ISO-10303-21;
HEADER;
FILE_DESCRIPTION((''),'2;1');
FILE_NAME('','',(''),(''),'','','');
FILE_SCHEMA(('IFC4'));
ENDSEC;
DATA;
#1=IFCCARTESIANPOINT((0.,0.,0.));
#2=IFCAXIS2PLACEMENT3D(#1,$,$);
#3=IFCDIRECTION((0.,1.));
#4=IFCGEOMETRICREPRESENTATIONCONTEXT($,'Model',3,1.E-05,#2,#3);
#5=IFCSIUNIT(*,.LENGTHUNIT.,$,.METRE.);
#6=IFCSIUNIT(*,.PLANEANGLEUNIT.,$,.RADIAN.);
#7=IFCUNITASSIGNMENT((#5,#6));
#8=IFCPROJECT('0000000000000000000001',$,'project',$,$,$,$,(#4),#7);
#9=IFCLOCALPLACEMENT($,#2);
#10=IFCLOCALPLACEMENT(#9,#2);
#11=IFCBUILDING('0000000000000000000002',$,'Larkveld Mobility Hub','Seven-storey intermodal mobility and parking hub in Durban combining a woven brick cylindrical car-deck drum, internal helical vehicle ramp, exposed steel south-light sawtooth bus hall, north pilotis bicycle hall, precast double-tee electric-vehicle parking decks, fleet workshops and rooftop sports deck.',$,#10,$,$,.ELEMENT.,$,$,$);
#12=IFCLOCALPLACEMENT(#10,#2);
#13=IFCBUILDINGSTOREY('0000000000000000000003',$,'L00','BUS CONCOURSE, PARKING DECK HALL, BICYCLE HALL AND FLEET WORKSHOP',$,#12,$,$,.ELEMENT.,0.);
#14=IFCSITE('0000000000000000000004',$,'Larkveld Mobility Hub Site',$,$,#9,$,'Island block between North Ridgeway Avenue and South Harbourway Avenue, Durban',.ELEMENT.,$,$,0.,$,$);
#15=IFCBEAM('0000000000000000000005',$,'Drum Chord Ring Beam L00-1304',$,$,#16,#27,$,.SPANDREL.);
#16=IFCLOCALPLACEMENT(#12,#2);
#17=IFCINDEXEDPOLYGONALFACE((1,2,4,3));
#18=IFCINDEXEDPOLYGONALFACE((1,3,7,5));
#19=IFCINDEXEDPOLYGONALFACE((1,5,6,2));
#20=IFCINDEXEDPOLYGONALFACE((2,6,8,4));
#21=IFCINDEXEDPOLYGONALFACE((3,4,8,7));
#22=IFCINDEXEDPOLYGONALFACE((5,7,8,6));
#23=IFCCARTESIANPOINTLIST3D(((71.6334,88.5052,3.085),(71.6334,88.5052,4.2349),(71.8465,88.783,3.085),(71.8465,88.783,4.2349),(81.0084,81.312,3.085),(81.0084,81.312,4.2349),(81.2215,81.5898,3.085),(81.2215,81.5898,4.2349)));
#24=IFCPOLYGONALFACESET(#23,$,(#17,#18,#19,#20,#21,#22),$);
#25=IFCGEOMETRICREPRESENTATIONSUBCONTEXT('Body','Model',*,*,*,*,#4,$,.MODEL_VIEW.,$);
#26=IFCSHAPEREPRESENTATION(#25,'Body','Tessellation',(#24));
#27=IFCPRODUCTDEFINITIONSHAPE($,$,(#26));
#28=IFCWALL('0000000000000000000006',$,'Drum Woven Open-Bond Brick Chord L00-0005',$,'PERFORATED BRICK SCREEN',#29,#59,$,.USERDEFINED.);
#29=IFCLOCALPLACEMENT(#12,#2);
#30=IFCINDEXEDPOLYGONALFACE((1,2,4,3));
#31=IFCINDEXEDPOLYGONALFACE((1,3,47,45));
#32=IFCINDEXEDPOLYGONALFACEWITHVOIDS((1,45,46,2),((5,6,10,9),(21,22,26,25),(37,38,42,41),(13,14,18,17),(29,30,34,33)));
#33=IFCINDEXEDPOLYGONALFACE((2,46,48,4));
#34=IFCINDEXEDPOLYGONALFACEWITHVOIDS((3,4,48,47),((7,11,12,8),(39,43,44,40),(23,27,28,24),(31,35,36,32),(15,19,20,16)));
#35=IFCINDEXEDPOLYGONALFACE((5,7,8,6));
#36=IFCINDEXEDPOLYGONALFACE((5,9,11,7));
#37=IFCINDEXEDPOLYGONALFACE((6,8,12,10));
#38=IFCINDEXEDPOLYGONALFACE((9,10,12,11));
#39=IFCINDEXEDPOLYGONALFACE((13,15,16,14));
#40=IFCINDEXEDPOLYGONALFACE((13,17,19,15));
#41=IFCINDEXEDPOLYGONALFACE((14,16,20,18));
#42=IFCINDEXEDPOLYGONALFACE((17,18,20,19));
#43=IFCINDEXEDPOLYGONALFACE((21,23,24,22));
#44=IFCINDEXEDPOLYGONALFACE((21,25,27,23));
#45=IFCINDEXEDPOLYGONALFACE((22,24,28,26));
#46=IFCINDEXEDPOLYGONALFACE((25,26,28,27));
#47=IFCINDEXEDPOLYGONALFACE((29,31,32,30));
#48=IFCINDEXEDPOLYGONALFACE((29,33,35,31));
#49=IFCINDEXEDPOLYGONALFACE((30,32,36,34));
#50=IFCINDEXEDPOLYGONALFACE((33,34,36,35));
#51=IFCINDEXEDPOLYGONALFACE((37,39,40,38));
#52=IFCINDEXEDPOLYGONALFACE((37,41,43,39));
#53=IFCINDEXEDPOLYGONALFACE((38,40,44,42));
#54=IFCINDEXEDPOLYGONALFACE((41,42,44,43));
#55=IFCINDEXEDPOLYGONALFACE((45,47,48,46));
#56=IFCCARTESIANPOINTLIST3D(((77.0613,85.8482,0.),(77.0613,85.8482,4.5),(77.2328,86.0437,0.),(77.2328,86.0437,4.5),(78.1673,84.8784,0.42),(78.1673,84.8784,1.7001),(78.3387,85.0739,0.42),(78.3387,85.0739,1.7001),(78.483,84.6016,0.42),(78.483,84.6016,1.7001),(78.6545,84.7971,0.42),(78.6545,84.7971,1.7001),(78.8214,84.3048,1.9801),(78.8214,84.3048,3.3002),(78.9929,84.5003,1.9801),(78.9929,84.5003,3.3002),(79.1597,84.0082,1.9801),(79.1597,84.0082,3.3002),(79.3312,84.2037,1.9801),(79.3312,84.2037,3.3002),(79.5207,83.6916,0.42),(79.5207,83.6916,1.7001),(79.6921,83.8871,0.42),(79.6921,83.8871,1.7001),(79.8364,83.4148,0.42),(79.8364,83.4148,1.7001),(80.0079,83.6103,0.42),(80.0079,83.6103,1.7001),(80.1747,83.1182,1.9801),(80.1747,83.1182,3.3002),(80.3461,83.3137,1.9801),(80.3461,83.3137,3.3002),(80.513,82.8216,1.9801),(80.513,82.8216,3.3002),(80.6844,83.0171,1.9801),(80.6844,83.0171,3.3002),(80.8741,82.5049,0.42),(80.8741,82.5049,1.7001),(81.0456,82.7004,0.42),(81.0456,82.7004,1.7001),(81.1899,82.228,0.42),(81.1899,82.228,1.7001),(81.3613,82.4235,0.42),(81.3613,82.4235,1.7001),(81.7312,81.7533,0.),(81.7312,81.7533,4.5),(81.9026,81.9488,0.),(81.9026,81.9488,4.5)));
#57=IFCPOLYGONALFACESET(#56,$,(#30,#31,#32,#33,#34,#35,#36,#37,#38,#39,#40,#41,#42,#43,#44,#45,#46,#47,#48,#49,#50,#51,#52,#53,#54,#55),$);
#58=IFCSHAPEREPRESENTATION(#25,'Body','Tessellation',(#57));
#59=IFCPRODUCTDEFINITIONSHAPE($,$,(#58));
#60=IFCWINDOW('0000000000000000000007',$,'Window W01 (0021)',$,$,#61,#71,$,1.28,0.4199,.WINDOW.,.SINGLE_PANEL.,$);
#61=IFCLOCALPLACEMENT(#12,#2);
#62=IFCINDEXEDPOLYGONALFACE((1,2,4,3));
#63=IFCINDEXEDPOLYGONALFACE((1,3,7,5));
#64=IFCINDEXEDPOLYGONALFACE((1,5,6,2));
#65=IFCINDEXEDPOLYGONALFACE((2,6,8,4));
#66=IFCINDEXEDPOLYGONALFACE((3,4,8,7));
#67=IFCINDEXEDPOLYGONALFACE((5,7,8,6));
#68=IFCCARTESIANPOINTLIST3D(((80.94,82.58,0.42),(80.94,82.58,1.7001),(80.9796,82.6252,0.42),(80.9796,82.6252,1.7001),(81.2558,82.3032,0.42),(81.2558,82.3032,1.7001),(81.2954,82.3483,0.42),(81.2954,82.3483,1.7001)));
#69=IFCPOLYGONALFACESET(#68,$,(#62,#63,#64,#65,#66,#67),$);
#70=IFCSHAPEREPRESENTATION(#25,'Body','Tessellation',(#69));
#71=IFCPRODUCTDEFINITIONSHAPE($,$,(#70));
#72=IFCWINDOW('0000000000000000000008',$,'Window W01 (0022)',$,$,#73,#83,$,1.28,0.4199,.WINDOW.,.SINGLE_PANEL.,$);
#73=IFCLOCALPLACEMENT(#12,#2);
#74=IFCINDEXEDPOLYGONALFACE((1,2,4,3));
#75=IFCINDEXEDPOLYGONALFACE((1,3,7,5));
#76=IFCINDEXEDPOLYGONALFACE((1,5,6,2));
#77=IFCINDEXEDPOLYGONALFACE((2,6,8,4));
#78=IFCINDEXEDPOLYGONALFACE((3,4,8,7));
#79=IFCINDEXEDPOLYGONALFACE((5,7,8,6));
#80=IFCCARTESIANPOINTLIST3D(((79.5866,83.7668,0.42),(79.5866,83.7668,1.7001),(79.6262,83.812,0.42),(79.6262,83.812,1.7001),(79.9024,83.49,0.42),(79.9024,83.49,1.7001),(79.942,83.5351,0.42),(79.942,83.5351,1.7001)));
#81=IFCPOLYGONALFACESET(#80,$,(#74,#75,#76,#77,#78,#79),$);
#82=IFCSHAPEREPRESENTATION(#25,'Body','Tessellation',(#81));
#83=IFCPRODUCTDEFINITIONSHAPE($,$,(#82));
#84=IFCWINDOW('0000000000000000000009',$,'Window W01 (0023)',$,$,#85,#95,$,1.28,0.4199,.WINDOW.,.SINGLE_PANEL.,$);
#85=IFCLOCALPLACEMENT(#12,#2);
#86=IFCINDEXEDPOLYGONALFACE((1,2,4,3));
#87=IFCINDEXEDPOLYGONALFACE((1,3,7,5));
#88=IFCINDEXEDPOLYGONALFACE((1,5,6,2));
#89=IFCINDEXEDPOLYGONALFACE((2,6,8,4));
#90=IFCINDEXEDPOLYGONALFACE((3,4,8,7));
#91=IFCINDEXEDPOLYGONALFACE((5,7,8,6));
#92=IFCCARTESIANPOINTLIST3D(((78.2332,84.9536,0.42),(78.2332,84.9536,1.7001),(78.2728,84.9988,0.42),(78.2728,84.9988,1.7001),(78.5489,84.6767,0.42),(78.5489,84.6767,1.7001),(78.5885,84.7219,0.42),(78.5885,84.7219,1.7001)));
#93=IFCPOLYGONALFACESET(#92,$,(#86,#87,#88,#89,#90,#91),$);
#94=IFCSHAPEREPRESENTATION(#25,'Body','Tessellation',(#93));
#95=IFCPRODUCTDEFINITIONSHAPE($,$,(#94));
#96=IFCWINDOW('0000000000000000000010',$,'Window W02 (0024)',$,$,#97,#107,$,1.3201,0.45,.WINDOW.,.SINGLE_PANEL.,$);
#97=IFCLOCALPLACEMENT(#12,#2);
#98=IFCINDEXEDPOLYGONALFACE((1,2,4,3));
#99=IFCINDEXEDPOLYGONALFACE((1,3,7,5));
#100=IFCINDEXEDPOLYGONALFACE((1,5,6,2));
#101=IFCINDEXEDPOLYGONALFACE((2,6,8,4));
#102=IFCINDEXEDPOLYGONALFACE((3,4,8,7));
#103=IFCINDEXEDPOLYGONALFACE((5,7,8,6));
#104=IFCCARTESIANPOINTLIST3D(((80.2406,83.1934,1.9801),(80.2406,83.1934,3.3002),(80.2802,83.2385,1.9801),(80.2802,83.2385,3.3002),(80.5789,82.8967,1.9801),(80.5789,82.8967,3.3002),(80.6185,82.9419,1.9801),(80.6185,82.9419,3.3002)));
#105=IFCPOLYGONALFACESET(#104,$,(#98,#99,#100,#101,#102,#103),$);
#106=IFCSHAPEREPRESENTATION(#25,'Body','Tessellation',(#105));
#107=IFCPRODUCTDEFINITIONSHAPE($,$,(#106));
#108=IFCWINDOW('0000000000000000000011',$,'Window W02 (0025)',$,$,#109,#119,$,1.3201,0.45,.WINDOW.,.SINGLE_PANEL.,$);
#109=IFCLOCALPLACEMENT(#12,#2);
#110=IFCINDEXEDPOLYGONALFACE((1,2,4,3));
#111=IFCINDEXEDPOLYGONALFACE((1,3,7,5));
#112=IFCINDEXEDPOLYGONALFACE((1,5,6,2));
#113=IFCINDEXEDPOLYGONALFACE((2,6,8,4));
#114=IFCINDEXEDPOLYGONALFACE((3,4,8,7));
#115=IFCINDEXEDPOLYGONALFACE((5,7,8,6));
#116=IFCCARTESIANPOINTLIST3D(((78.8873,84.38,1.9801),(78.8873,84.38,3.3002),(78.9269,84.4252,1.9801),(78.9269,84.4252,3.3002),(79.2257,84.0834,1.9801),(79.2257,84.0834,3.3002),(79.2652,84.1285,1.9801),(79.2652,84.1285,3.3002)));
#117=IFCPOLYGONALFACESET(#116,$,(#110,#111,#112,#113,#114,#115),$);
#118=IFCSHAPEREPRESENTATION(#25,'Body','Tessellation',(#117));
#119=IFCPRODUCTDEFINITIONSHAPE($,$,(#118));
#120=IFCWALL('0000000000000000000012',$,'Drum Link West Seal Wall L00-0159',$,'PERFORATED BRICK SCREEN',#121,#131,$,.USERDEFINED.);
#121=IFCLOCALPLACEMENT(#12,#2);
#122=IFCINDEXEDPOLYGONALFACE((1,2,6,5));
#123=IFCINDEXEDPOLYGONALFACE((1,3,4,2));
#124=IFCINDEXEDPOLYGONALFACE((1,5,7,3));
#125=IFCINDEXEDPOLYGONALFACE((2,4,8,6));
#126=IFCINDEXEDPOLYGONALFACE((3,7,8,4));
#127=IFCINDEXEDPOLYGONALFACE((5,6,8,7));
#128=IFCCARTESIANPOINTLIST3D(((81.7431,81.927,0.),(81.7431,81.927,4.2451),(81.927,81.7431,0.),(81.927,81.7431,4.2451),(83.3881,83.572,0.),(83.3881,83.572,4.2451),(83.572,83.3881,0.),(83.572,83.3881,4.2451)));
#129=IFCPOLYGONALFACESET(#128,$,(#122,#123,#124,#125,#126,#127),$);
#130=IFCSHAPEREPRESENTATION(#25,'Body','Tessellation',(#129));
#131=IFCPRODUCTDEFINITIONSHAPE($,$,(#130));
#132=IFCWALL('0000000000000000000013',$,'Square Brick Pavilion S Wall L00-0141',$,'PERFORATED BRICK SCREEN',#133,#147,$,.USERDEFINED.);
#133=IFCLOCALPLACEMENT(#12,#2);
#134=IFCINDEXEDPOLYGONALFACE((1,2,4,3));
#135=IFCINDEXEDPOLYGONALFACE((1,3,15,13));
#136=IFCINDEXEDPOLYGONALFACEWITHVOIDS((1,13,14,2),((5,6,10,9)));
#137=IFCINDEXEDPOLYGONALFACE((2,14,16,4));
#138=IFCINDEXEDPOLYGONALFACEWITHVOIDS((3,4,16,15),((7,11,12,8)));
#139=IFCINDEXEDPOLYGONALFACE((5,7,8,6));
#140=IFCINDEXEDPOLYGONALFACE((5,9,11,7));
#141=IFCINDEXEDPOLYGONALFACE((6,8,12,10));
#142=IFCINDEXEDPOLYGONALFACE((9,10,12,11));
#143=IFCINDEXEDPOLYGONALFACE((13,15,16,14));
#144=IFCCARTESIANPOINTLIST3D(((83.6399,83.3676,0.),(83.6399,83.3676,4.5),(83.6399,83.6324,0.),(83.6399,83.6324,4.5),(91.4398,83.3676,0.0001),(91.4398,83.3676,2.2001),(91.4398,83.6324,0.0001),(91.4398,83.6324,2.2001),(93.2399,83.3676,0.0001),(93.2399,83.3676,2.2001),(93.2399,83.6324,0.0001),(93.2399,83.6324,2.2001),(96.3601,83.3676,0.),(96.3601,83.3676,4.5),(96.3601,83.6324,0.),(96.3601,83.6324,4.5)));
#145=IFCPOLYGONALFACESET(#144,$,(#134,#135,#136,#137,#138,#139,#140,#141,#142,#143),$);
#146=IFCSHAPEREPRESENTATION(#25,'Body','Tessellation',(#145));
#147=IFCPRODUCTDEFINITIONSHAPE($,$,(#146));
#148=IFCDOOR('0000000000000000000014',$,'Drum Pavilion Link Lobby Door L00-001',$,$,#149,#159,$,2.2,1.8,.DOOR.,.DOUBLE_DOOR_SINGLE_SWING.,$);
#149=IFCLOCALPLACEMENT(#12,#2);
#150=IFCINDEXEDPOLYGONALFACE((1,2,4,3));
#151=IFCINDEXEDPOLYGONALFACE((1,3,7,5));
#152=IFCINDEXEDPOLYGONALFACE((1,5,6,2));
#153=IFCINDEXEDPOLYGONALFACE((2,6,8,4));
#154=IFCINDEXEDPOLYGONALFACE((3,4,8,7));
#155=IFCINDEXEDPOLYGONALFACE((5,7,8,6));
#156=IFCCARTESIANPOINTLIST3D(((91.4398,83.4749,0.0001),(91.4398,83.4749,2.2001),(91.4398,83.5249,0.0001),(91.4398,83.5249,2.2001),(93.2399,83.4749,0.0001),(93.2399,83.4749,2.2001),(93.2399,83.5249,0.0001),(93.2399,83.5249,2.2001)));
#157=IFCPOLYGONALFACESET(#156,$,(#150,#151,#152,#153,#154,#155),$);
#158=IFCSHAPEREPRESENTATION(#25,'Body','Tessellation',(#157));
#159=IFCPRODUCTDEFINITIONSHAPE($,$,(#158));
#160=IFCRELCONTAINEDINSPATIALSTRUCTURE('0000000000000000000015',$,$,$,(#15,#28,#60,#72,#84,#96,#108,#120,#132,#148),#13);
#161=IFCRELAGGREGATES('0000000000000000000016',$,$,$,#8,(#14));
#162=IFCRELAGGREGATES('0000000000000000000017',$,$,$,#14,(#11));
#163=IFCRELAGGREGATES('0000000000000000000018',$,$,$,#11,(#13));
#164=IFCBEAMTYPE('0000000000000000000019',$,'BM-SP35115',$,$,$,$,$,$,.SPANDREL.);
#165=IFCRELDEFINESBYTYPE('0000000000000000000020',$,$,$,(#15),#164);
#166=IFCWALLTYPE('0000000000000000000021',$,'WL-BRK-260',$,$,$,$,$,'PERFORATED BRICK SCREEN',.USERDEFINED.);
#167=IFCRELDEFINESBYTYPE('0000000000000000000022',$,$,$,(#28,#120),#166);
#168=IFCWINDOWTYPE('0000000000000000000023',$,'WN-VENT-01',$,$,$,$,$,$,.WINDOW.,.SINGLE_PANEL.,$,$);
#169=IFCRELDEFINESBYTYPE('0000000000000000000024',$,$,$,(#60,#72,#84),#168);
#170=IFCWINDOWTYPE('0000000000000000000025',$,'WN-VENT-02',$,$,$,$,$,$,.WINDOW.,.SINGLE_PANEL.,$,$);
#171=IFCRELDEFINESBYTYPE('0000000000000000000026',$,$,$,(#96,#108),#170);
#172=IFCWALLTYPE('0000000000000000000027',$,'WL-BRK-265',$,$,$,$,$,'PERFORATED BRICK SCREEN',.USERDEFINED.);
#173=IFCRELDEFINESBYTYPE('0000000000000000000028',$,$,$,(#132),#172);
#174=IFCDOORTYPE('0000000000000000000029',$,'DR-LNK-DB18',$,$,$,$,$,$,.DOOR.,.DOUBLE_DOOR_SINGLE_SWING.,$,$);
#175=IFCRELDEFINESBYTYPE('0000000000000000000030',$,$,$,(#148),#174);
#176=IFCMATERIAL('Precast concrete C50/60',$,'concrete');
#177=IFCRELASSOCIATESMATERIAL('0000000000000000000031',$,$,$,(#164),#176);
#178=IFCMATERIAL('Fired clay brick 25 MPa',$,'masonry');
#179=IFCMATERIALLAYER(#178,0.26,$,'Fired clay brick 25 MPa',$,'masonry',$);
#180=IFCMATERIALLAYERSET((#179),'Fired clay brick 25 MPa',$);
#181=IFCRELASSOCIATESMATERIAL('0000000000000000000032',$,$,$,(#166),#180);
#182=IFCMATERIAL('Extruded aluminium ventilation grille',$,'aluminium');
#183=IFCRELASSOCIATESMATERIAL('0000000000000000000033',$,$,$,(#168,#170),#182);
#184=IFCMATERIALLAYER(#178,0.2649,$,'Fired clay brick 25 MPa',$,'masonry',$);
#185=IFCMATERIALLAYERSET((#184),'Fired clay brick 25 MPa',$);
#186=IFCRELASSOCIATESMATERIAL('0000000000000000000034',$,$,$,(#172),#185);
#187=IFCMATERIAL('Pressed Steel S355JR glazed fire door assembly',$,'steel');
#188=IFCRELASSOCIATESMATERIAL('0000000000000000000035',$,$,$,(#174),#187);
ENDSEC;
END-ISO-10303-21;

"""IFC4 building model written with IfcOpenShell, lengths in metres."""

from ifc_helpers import new_model, si_unit, direction, frame, frame_2d, origin, origin_2d, place, context, subcontext, project, spatial, rectangle, extrude, material, layer, layer_set, material_profile, profile_set, type_object, element, fill, save


model = new_model("IFC4")

# Units and contexts
model_context = context("Model", 3, precision=1e-05, world=origin(), true_north=direction((0.0, 1.0)))
body_context = subcontext(model_context, "Body", "Model", "MODEL_VIEW")
ifc_project = project(units=[si_unit("LENGTHUNIT", "METRE"), si_unit("PLANEANGLEUNIT", "RADIAN")], contexts=[model_context])

# Site, building, storey
site_placement = place(None, origin())
site = spatial("IfcSite", under=ifc_project, at=site_placement, Name="Larkveld Mobility Hub Site", LongName="Island block between North Ridgeway Avenue and South Harbourway Avenue, Durban", CompositionType="ELEMENT", RefElevation=0.0)
building_placement = place(site_placement, origin())
building = spatial("IfcBuilding", under=site, at=building_placement, Name="Larkveld Mobility Hub", Description="Seven-storey intermodal mobility and parking hub in Durban combining a woven brick cylindrical car-deck drum, internal helical vehicle ramp, exposed steel south-light sawtooth bus hall, north pilotis bicycle hall, precast double-tee electric-vehicle parking decks, fleet workshops and rooftop sports deck.", CompositionType="ELEMENT")
storey_placement = place(building_placement, origin())
storey = spatial("IfcBuildingStorey", under=building, at=storey_placement, Name="L00", Description="BUS CONCOURSE, PARKING DECK HALL, BICYCLE HALL AND FLEET WORKSHOP", CompositionType="ELEMENT", Elevation=0.0)

# Beam
ifc_material_1 = material(Name="Precast concrete C50/60", Category="concrete")
ifc_material_profile_1 = material_profile(ifc_material_1, rectangle(XDim=0.3501, YDim=1.1499, at=origin_2d()), Name="PC SP 350x1150")
ifc_profile_set_1 = profile_set([ifc_material_profile_1], Name="Precast concrete C50/60")
beam_type_1 = type_object("IfcBeamType", Name="BM-SP35115", PredefinedType="SPANDREL", material=ifc_profile_set_1)
beam_1_placement = place(storey_placement, frame((81.115, 81.4509, 3.6599), z_axis=(-0.793377, 0.608731, 0.0), x_axis=(-0.608731, -0.793377, 0.0)))
element("IfcBeam", 1, at=beam_1_placement, inside=storey, type_object=beam_type_1, Name="Drum Chord Ring Beam L00-1304", PredefinedType="SPANDREL", context=body_context, shape_type="SweptSolid", body=[
    extrude(rectangle(XDim=0.3501, YDim=1.1499, at=origin_2d()), origin(), (0.0, 0.0, 1.0), 11.8167),
])

# Wall, openings, windows
ifc_material_2 = material(Name="Fired clay brick 25 MPa", Category="masonry")
ifc_layer_1 = layer(ifc_material_2, 0.26, Name="Fired clay brick 25 MPa", Category="masonry")
ifc_layer_set_1 = layer_set([ifc_layer_1], Name="Fired clay brick 25 MPa")
wall_type_1 = type_object("IfcWallType", Name="WL-BRK-260", ElementType="PERFORATED BRICK SCREEN", PredefinedType="USERDEFINED", material=ifc_layer_set_1)
wall_1_placement = place(storey_placement, frame((81.8169, 81.8511, 0.0), z_axis=(0.0, 0.0, 1.0), x_axis=(-0.751875, 0.659306, 0.0)))
wall_1 = element("IfcWall", 2, at=wall_1_placement, inside=storey, type_object=wall_type_1, Name="Drum Woven Open-Bond Brick Chord L00-0005", ObjectType="PERFORATED BRICK SCREEN", PredefinedType="USERDEFINED", context=body_context, shape_type="SweptSolid", body=[
    extrude(rectangle(XDim=6.2109, YDim=0.26, at=frame_2d((3.1055, 0.0))), origin(), (0.0, 0.0, 1.0), 4.5),
])
opening_1_placement = place(wall_1_placement, frame((0.72, 0.0, 0.4199)))
opening_1 = element("IfcOpeningElement", 3, at=opening_1_placement, cuts=wall_1, PredefinedType="OPENING", context=body_context, shape_type="SweptSolid", body=[
    extrude(rectangle(XDim=0.4199, YDim=1.28, at=frame_2d((0.21, 0.6401))), frame((0.0, 0.1401, 0.0), z_axis=(0.0, -1.0, 0.0), x_axis=(1.0, 0.0, 0.0)), (0.0, 0.0, 1.0), 0.28),
])
opening_2_placement = place(wall_1_placement, frame((2.52, 0.0, 0.4199)))
opening_2 = element("IfcOpeningElement", 4, at=opening_2_placement, cuts=wall_1, PredefinedType="OPENING", context=body_context, shape_type="SweptSolid", body=[
    extrude(rectangle(XDim=0.4199, YDim=1.28, at=frame_2d((0.21, 0.6401))), frame((0.0, 0.1401, 0.0), z_axis=(0.0, -1.0, 0.0), x_axis=(1.0, 0.0, 0.0)), (0.0, 0.0, 1.0), 0.28),
])
opening_3_placement = place(wall_1_placement, frame((4.3201, 0.0, 0.4199)))
opening_3 = element("IfcOpeningElement", 5, at=opening_3_placement, cuts=wall_1, PredefinedType="OPENING", context=body_context, shape_type="SweptSolid", body=[
    extrude(rectangle(XDim=0.4199, YDim=1.28, at=frame_2d((0.21, 0.6401))), frame((0.0, 0.1401, 0.0), z_axis=(0.0, -1.0, 0.0), x_axis=(1.0, 0.0, 0.0)), (0.0, 0.0, 1.0), 0.28),
])
opening_4_placement = place(wall_1_placement, frame((1.6201, 0.0, 1.98)))
opening_4 = element("IfcOpeningElement", 6, at=opening_4_placement, cuts=wall_1, PredefinedType="OPENING", context=body_context, shape_type="SweptSolid", body=[
    extrude(rectangle(XDim=0.45, YDim=1.3201, at=frame_2d((0.2251, 0.6602))), frame((0.0, 0.1401, 0.0), z_axis=(0.0, -1.0, 0.0), x_axis=(1.0, 0.0, 0.0)), (0.0, 0.0, 1.0), 0.28),
])
opening_5_placement = place(wall_1_placement, frame((3.4199, 0.0, 1.98)))
opening_5 = element("IfcOpeningElement", 7, at=opening_5_placement, cuts=wall_1, PredefinedType="OPENING", context=body_context, shape_type="SweptSolid", body=[
    extrude(rectangle(XDim=0.45, YDim=1.3201, at=frame_2d((0.2251, 0.6602))), frame((0.0, 0.1401, 0.0), z_axis=(0.0, -1.0, 0.0), x_axis=(1.0, 0.0, 0.0)), (0.0, 0.0, 1.0), 0.28),
])
ifc_material_3 = material(Name="Extruded aluminium ventilation grille", Category="aluminium")
window_type_1 = type_object("IfcWindowType", Name="WN-VENT-01", PartitioningType="SINGLE_PANEL", PredefinedType="WINDOW", material=ifc_material_3)
window_1_placement = place(opening_1_placement, origin())
window_1 = element("IfcWindow", 8, at=window_1_placement, inside=storey, type_object=window_type_1, Name="Window W01 (0021)", OverallHeight=1.28, OverallWidth=0.4199, PartitioningType="SINGLE_PANEL", PredefinedType="WINDOW", context=body_context, shape_type="SweptSolid", body=[
    extrude(rectangle(XDim=0.4199, YDim=1.28, at=frame_2d((0.21, 0.6401))), frame((0.0, 0.03, 0.0), z_axis=(0.0, -1.0, 0.0), x_axis=(1.0, 0.0, 0.0)), (0.0, 0.0, 1.0), 0.0601),
])
fill(opening_1, window_1)
window_2_placement = place(opening_2_placement, origin())
window_2 = element("IfcWindow", 9, at=window_2_placement, inside=storey, type_object=window_type_1, Name="Window W01 (0022)", OverallHeight=1.28, OverallWidth=0.4199, PartitioningType="SINGLE_PANEL", PredefinedType="WINDOW", context=body_context, shape_type="SweptSolid", body=[
    extrude(rectangle(XDim=0.4199, YDim=1.28, at=frame_2d((0.21, 0.6401))), frame((0.0, 0.03, 0.0), z_axis=(0.0, -1.0, 0.0), x_axis=(1.0, 0.0, 0.0)), (0.0, 0.0, 1.0), 0.0601),
])
fill(opening_2, window_2)
window_3_placement = place(opening_3_placement, origin())
window_3 = element("IfcWindow", 10, at=window_3_placement, inside=storey, type_object=window_type_1, Name="Window W01 (0023)", OverallHeight=1.28, OverallWidth=0.4199, PartitioningType="SINGLE_PANEL", PredefinedType="WINDOW", context=body_context, shape_type="SweptSolid", body=[
    extrude(rectangle(XDim=0.4199, YDim=1.28, at=frame_2d((0.21, 0.6401))), frame((0.0, 0.03, 0.0), z_axis=(0.0, -1.0, 0.0), x_axis=(1.0, 0.0, 0.0)), (0.0, 0.0, 1.0), 0.0601),
])
fill(opening_3, window_3)
window_type_2 = type_object("IfcWindowType", Name="WN-VENT-02", PartitioningType="SINGLE_PANEL", PredefinedType="WINDOW", material=ifc_material_3)
window_4_placement = place(opening_4_placement, origin())
window_4 = element("IfcWindow", 11, at=window_4_placement, inside=storey, type_object=window_type_2, Name="Window W02 (0024)", OverallHeight=1.3201, OverallWidth=0.45, PartitioningType="SINGLE_PANEL", PredefinedType="WINDOW", context=body_context, shape_type="SweptSolid", body=[
    extrude(rectangle(XDim=0.45, YDim=1.3201, at=frame_2d((0.2251, 0.6602))), frame((0.0, 0.03, 0.0), z_axis=(0.0, -1.0, 0.0), x_axis=(1.0, 0.0, 0.0)), (0.0, 0.0, 1.0), 0.0601),
])
fill(opening_4, window_4)
window_5_placement = place(opening_5_placement, origin())
window_5 = element("IfcWindow", 12, at=window_5_placement, inside=storey, type_object=window_type_2, Name="Window W02 (0025)", OverallHeight=1.3201, OverallWidth=0.45, PartitioningType="SINGLE_PANEL", PredefinedType="WINDOW", context=body_context, shape_type="SweptSolid", body=[
    extrude(rectangle(XDim=0.45, YDim=1.3201, at=frame_2d((0.2251, 0.6602))), frame((0.0, 0.03, 0.0), z_axis=(0.0, -1.0, 0.0), x_axis=(1.0, 0.0, 0.0)), (0.0, 0.0, 1.0), 0.0601),
])
fill(opening_5, window_5)

# Wall
wall_2_placement = place(storey_placement, frame((83.48, 83.48, 0.0), z_axis=(0.0, 0.0, 1.0), x_axis=(-0.707107, -0.707107, 0.0)))
element("IfcWall", 13, at=wall_2_placement, inside=storey, type_object=wall_type_1, Name="Drum Link West Seal Wall L00-0159", ObjectType="PERFORATED BRICK SCREEN", PredefinedType="USERDEFINED", context=body_context, shape_type="SweptSolid", body=[
    extrude(rectangle(XDim=2.3264, YDim=0.26, at=frame_2d((1.1631, 0.0))), origin(), (0.0, 0.0, 1.0), 4.2451),
])

# Wall, opening, door
ifc_layer_2 = layer(ifc_material_2, 0.2649, Name="Fired clay brick 25 MPa", Category="masonry")
ifc_layer_set_2 = layer_set([ifc_layer_2], Name="Fired clay brick 25 MPa")
wall_type_2 = type_object("IfcWallType", Name="WL-BRK-265", ElementType="PERFORATED BRICK SCREEN", PredefinedType="USERDEFINED", material=ifc_layer_set_2)
wall_3_placement = place(storey_placement, frame((83.6399, 83.5, 0.0), z_axis=(0.0, 0.0, 1.0), x_axis=(1.0, 0.0, 0.0)))
wall_3 = element("IfcWall", 14, at=wall_3_placement, inside=storey, type_object=wall_type_2, Name="Square Brick Pavilion S Wall L00-0141", ObjectType="PERFORATED BRICK SCREEN", PredefinedType="USERDEFINED", context=body_context, shape_type="SweptSolid", body=[
    extrude(rectangle(XDim=12.7202, YDim=0.2649, at=frame_2d((6.3601, 0.0))), origin(), (0.0, 0.0, 1.0), 4.5),
])
opening_6_placement = place(wall_3_placement, frame((7.8, 0.0, 0.0)))
opening_6 = element("IfcOpeningElement", 15, at=opening_6_placement, cuts=wall_3, PredefinedType="OPENING", context=body_context, shape_type="SweptSolid", body=[
    extrude(rectangle(XDim=1.8, YDim=2.2, at=frame_2d((0.8999, 1.1001))), frame((0.0, 0.1426, 0.0), z_axis=(0.0, -1.0, 0.0), x_axis=(1.0, 0.0, 0.0)), (0.0, 0.0, 1.0), 0.2849),
])
ifc_material_4 = material(Name="Pressed Steel S355JR glazed fire door assembly", Category="steel")
door_type = type_object("IfcDoorType", Name="DR-LNK-DB18", OperationType="DOUBLE_DOOR_SINGLE_SWING", PredefinedType="DOOR", material=ifc_material_4)
door_placement = place(opening_6_placement, origin())
door = element("IfcDoor", 16, at=door_placement, inside=storey, type_object=door_type, Name="Drum Pavilion Link Lobby Door L00-001", OperationType="DOUBLE_DOOR_SINGLE_SWING", OverallHeight=2.2, OverallWidth=1.8, PredefinedType="DOOR", context=body_context, shape_type="SweptSolid", body=[
    extrude(rectangle(XDim=1.8, YDim=2.2, at=frame_2d((0.8999, 1.1001))), frame((0.0, 0.0249, 0.0), z_axis=(0.0, -1.0, 0.0), x_axis=(1.0, 0.0, 0.0)), (0.0, 0.0, 1.0), 0.05),
])
fill(opening_6, door)

save(model, "model.ifc")
